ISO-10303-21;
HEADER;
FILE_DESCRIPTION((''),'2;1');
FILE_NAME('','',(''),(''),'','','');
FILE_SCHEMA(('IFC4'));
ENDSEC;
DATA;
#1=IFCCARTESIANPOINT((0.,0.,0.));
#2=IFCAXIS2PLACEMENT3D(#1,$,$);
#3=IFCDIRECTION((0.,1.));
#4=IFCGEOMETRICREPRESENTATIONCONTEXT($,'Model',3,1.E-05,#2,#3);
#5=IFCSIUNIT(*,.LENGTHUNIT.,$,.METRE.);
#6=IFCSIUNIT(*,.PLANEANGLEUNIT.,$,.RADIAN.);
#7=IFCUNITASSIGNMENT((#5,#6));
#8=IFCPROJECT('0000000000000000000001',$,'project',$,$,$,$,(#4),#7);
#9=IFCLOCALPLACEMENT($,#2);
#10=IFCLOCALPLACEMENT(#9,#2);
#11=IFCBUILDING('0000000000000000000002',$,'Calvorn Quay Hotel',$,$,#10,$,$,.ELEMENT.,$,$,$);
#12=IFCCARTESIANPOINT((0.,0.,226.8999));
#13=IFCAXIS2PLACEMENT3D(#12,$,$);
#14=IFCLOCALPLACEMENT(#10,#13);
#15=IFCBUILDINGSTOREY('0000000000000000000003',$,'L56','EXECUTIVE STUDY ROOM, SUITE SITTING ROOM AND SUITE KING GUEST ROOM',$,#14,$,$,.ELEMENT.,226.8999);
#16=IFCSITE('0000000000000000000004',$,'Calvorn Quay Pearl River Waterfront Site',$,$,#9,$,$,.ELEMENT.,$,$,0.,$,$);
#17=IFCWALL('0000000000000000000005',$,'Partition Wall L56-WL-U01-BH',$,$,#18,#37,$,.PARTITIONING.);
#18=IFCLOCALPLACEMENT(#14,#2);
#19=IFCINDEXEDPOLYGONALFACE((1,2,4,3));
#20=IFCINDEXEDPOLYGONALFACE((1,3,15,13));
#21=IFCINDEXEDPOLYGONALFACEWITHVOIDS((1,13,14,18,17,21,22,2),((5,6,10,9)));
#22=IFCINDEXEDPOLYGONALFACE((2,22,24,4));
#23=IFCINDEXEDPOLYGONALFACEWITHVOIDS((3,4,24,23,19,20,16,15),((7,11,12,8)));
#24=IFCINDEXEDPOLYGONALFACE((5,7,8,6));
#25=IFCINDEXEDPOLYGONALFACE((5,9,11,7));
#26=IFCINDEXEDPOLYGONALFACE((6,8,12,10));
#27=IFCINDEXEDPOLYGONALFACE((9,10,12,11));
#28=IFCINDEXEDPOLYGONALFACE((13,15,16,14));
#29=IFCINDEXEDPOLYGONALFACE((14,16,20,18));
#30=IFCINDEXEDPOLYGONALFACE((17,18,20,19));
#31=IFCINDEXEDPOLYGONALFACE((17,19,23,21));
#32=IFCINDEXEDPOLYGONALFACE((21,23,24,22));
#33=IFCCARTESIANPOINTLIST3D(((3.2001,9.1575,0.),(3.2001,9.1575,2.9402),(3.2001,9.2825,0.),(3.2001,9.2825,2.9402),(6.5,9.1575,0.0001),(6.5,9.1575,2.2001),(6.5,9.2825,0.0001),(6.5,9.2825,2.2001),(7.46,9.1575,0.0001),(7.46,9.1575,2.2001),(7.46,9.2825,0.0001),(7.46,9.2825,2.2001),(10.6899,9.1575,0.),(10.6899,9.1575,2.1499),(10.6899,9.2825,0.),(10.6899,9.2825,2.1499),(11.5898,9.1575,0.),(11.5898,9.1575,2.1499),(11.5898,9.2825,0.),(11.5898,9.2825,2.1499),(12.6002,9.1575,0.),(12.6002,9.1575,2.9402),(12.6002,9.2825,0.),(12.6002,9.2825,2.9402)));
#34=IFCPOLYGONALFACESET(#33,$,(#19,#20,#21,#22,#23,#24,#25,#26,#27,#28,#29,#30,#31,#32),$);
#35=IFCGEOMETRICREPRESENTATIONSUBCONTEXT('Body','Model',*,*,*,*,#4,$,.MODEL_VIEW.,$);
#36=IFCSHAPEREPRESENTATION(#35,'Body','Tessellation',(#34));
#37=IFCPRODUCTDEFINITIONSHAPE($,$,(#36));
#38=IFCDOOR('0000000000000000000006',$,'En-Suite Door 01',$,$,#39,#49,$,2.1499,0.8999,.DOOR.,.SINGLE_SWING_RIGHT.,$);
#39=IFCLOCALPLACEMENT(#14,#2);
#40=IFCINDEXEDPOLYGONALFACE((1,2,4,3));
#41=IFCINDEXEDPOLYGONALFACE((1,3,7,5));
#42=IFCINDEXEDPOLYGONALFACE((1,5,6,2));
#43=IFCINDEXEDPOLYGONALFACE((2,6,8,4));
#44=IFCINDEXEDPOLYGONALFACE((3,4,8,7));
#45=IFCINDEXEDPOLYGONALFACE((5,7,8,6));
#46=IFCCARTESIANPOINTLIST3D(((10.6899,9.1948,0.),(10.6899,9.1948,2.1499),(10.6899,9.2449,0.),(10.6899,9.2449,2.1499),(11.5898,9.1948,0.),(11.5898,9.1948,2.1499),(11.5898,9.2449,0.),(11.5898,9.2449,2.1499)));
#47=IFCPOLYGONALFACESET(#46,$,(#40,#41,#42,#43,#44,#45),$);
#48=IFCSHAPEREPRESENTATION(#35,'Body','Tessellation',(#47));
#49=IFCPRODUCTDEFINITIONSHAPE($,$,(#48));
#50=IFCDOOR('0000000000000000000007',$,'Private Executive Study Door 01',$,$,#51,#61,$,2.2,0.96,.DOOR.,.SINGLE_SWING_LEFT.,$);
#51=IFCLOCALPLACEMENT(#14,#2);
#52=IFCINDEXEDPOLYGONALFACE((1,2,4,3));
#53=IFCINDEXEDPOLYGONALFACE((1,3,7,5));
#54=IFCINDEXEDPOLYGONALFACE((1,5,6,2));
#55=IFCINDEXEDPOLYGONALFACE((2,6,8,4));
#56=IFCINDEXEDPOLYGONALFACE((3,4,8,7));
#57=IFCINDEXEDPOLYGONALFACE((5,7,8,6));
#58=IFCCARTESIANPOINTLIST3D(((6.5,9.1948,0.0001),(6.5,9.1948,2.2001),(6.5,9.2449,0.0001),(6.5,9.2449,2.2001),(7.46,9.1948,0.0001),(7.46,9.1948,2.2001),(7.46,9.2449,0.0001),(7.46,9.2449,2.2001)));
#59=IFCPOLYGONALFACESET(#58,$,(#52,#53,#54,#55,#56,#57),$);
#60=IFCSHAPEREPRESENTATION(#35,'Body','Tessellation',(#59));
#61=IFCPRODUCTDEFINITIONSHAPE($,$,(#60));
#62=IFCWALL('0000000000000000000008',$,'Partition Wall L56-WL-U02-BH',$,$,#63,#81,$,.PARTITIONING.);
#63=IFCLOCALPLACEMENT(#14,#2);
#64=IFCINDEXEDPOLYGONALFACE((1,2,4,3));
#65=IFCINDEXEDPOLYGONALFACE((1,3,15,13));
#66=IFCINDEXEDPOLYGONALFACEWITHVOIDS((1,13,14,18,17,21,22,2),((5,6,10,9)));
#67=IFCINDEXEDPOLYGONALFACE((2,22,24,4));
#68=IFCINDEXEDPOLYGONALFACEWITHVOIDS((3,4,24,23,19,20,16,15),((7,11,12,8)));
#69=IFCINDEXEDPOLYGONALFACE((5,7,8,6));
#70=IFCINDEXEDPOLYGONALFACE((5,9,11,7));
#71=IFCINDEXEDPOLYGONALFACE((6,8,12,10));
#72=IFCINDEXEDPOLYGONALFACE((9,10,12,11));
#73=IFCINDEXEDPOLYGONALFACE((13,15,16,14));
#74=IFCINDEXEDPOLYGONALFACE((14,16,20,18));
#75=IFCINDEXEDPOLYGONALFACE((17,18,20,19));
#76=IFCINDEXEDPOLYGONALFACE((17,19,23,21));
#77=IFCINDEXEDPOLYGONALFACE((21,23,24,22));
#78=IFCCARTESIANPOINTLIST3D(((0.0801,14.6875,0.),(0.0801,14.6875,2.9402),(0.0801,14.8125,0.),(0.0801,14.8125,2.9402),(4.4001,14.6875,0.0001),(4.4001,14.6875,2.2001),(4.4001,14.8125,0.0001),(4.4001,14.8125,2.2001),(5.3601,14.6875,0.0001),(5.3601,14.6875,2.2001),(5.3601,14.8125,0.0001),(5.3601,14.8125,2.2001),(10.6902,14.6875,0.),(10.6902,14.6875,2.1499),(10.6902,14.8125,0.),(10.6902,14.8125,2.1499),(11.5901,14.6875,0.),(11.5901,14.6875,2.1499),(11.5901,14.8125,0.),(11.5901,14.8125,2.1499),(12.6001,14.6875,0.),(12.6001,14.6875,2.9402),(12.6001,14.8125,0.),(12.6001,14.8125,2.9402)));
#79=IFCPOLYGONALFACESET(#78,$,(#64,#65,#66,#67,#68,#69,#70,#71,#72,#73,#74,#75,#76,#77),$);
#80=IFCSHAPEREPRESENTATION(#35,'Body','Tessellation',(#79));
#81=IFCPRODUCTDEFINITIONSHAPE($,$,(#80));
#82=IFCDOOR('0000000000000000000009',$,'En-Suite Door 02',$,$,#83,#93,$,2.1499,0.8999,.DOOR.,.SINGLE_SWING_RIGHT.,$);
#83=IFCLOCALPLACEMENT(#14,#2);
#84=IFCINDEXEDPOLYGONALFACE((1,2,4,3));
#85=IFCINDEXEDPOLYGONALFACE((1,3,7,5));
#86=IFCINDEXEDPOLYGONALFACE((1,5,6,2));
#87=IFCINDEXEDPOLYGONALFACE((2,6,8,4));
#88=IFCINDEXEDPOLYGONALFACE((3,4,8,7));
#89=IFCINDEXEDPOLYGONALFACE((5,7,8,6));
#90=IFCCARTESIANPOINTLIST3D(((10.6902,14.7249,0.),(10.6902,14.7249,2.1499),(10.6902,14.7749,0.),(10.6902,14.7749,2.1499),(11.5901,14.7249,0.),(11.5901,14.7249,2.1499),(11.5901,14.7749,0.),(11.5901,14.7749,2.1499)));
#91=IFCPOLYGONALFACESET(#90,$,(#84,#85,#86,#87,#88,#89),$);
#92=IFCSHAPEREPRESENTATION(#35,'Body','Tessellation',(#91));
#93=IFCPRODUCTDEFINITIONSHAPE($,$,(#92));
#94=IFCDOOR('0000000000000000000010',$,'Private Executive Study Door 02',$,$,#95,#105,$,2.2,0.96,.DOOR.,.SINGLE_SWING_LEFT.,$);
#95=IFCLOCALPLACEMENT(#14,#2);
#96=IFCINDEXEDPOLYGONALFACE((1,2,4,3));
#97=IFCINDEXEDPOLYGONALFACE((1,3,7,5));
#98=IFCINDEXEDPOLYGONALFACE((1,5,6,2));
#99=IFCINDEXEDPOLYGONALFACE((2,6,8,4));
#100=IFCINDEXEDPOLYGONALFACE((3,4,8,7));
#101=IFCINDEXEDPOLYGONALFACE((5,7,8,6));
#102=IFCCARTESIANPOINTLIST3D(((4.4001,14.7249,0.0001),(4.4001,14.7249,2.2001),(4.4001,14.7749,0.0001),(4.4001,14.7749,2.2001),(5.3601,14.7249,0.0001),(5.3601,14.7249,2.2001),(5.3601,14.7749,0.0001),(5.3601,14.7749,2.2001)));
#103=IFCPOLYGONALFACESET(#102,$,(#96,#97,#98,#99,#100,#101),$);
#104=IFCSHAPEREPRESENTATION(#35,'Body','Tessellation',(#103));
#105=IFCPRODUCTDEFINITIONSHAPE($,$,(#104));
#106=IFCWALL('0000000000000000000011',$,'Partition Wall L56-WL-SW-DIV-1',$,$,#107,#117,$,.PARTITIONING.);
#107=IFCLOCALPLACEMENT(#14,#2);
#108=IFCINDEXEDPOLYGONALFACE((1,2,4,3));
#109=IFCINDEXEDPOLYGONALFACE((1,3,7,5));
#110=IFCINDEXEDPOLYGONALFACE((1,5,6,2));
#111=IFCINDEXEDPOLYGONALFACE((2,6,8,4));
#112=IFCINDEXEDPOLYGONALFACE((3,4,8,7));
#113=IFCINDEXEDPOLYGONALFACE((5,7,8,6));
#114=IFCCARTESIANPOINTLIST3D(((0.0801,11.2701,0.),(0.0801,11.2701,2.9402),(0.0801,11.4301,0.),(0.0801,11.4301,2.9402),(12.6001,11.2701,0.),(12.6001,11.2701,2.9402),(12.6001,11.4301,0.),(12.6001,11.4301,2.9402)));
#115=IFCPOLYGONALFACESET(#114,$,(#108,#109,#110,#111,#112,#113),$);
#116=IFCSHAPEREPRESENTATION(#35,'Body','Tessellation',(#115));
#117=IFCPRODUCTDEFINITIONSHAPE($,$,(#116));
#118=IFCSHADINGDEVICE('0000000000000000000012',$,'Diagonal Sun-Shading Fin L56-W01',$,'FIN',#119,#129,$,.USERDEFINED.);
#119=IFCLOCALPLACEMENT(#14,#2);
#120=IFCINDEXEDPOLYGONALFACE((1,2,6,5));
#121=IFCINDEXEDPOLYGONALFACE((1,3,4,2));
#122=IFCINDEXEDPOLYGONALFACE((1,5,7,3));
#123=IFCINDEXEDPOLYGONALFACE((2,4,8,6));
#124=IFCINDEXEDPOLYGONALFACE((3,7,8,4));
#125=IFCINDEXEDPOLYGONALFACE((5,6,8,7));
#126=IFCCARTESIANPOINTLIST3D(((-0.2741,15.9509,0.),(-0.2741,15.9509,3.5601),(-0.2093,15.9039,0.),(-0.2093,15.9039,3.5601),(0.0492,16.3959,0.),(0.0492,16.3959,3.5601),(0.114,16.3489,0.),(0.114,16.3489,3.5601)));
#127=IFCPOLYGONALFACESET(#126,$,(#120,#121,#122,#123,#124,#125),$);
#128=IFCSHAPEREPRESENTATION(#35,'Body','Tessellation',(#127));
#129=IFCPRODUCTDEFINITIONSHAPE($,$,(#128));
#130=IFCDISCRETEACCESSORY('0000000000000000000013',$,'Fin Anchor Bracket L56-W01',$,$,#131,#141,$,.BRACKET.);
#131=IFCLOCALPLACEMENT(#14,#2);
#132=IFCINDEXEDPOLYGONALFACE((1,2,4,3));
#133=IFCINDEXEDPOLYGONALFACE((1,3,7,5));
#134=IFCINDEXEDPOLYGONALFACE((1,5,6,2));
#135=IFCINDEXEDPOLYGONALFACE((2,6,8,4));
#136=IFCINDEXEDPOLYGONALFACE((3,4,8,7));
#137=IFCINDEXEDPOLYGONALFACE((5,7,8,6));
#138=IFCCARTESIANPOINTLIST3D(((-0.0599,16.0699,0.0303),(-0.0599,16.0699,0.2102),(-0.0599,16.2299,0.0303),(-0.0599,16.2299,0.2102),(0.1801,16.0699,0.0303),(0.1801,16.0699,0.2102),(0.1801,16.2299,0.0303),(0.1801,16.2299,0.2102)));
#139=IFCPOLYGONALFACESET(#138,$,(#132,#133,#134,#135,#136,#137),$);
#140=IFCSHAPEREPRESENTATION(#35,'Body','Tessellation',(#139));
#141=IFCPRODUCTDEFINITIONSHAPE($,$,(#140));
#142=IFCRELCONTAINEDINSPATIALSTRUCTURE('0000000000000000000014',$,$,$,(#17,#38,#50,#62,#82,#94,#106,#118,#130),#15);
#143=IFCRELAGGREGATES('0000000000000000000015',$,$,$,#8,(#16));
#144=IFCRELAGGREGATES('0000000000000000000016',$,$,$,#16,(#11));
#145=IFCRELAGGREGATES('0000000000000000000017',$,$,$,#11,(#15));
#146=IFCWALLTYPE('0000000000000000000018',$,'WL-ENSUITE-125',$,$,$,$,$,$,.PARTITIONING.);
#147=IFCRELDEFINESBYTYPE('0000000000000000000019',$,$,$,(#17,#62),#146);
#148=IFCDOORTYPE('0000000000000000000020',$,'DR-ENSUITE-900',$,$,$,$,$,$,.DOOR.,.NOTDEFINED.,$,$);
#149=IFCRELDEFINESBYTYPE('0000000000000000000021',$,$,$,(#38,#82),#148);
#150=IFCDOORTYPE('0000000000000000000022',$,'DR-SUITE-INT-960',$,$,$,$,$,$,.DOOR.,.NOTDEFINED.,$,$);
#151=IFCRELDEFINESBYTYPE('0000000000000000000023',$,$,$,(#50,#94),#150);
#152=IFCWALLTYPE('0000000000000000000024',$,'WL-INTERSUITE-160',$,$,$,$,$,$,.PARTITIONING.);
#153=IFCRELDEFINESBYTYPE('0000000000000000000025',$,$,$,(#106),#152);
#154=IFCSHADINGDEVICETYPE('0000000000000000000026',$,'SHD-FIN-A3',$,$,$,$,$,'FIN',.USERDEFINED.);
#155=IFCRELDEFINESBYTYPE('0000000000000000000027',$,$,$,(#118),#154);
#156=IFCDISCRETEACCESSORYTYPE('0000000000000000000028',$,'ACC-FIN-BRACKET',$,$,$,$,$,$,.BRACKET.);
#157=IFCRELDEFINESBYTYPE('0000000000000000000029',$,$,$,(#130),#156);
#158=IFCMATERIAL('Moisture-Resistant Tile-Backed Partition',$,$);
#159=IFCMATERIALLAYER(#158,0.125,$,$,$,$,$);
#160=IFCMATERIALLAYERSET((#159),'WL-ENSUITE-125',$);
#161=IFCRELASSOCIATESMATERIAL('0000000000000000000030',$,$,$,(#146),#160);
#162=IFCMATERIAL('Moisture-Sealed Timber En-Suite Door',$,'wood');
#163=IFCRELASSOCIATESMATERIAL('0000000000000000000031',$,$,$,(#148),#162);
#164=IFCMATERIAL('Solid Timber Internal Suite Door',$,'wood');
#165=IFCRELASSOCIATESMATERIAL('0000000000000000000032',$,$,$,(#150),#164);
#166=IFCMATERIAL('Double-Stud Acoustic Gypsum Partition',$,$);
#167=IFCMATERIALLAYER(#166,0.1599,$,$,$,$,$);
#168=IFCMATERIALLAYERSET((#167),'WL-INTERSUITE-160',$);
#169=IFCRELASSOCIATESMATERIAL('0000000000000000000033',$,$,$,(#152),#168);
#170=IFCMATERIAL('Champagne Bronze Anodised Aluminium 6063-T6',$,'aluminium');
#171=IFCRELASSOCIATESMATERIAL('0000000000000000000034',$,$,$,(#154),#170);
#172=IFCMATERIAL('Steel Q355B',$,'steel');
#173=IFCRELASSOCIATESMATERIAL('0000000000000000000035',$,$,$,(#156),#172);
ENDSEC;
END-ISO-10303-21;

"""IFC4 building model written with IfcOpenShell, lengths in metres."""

from ifc_helpers import new_model, si_unit, direction, frame, frame_2d, origin, origin_2d, place, context, subcontext, project, spatial, rectangle, extrude, material, layer, layer_set, type_object, element, fill, save


model = new_model("IFC4")

# Units and contexts
model_context = context("Model", 3, precision=1e-05, world=origin(), true_north=direction((0.0, 1.0)))
body_context = subcontext(model_context, "Body", "Model", "MODEL_VIEW")
ifc_project = project(units=[si_unit("LENGTHUNIT", "METRE"), si_unit("PLANEANGLEUNIT", "RADIAN")], contexts=[model_context])

# Site, building, storey
site_placement = place(None, origin())
site = spatial("IfcSite", under=ifc_project, at=site_placement, Name="Calvorn Quay Pearl River Waterfront Site", CompositionType="ELEMENT", RefElevation=0.0)
building_placement = place(site_placement, origin())
building = spatial("IfcBuilding", under=site, at=building_placement, Name="Calvorn Quay Hotel", CompositionType="ELEMENT")
storey_placement = place(building_placement, frame((0.0, 0.0, 226.8999)))
storey = spatial("IfcBuildingStorey", under=building, at=storey_placement, Name="L56", Description="EXECUTIVE STUDY ROOM, SUITE SITTING ROOM AND SUITE KING GUEST ROOM", CompositionType="ELEMENT", Elevation=226.8999)

# Walls, openings, doors
ifc_material_1 = material(Name="Moisture-Resistant Tile-Backed Partition")
ifc_layer_1 = layer(ifc_material_1, 0.125)
ifc_layer_set_1 = layer_set([ifc_layer_1], Name="WL-ENSUITE-125")
wall_type_1 = type_object("IfcWallType", Name="WL-ENSUITE-125", PredefinedType="PARTITIONING", material=ifc_layer_set_1)
wall_1_placement = place(storey_placement, frame((3.2, 9.22, 0.0), z_axis=(0.0, 0.0, 1.0), x_axis=(1.0, 0.0, 0.0)))
wall_1 = element("IfcWall", 1, at=wall_1_placement, inside=storey, type_object=wall_type_1, Name="Partition Wall L56-WL-U01-BH", PredefinedType="PARTITIONING", context=body_context, shape_type="SweptSolid", body=[
    extrude(rectangle(XDim=9.4001, YDim=0.125, at=frame_2d((4.7002, 0.0))), origin(), (0.0, 0.0, 1.0), 2.9402),
])
opening_1_placement = place(wall_1_placement, frame((3.3, 0.0, 0.0)))
opening_1 = element("IfcOpeningElement", 2, at=opening_1_placement, cuts=wall_1, PredefinedType="OPENING", context=body_context, shape_type="SweptSolid", body=[
    extrude(rectangle(XDim=0.96, YDim=2.2, at=frame_2d((0.48, 1.1001))), frame((0.0, 0.0725, 0.0), z_axis=(0.0, -1.0, 0.0), x_axis=(1.0, 0.0, 0.0)), (0.0, 0.0, 1.0), 0.145),
])
opening_2_placement = place(wall_1_placement, frame((7.49, 0.0, 0.0)))
opening_2 = element("IfcOpeningElement", 3, at=opening_2_placement, cuts=wall_1, PredefinedType="OPENING", context=body_context, shape_type="SweptSolid", body=[
    extrude(rectangle(XDim=0.8999, YDim=2.1499, at=frame_2d((0.45, 1.075))), frame((0.0, 0.0725, 0.0), z_axis=(0.0, -1.0, 0.0), x_axis=(1.0, 0.0, 0.0)), (0.0, 0.0, 1.0), 0.145),
])
ifc_material_2 = material(Name="Moisture-Sealed Timber En-Suite Door", Category="wood")
door_type_1 = type_object("IfcDoorType", Name="DR-ENSUITE-900", OperationType="NOTDEFINED", PredefinedType="DOOR", material=ifc_material_2)
door_1_placement = place(opening_2_placement, origin())
door_1 = element("IfcDoor", 4, at=door_1_placement, inside=storey, type_object=door_type_1, Name="En-Suite Door 01", OperationType="SINGLE_SWING_RIGHT", OverallHeight=2.1499, OverallWidth=0.8999, PredefinedType="DOOR", context=body_context, shape_type="SweptSolid", body=[
    extrude(rectangle(XDim=0.8999, YDim=2.1499, at=frame_2d((0.45, 1.075))), frame((0.0, 0.0249, 0.0), z_axis=(0.0, -1.0, 0.0), x_axis=(1.0, 0.0, 0.0)), (0.0, 0.0, 1.0), 0.05),
])
fill(opening_2, door_1)
ifc_material_3 = material(Name="Solid Timber Internal Suite Door", Category="wood")
door_type_2 = type_object("IfcDoorType", Name="DR-SUITE-INT-960", OperationType="NOTDEFINED", PredefinedType="DOOR", material=ifc_material_3)
door_2_placement = place(opening_1_placement, origin())
door_2 = element("IfcDoor", 5, at=door_2_placement, inside=storey, type_object=door_type_2, Name="Private Executive Study Door 01", OperationType="SINGLE_SWING_LEFT", OverallHeight=2.2, OverallWidth=0.96, PredefinedType="DOOR", context=body_context, shape_type="SweptSolid", body=[
    extrude(rectangle(XDim=0.96, YDim=2.2, at=frame_2d((0.48, 1.1001))), frame((0.0, 0.0249, 0.0), z_axis=(0.0, -1.0, 0.0), x_axis=(1.0, 0.0, 0.0)), (0.0, 0.0, 1.0), 0.05),
])
fill(opening_1, door_2)
wall_2_placement = place(storey_placement, frame((0.0801, 14.75, 0.0), z_axis=(0.0, 0.0, 1.0), x_axis=(1.0, 0.0, 0.0)))
wall_2 = element("IfcWall", 6, at=wall_2_placement, inside=storey, type_object=wall_type_1, Name="Partition Wall L56-WL-U02-BH", PredefinedType="PARTITIONING", context=body_context, shape_type="SweptSolid", body=[
    extrude(rectangle(XDim=12.52, YDim=0.125, at=frame_2d((6.26, 0.0))), origin(), (0.0, 0.0, 1.0), 2.9402),
])
opening_3_placement = place(wall_2_placement, frame((4.3201, 0.0, 0.0)))
opening_3 = element("IfcOpeningElement", 7, at=opening_3_placement, cuts=wall_2, PredefinedType="OPENING", context=body_context, shape_type="SweptSolid", body=[
    extrude(rectangle(XDim=0.96, YDim=2.2, at=frame_2d((0.48, 1.1001))), frame((0.0, 0.0725, 0.0), z_axis=(0.0, -1.0, 0.0), x_axis=(1.0, 0.0, 0.0)), (0.0, 0.0, 1.0), 0.145),
])
opening_4_placement = place(wall_2_placement, frame((10.6101, 0.0, 0.0)))
opening_4 = element("IfcOpeningElement", 8, at=opening_4_placement, cuts=wall_2, PredefinedType="OPENING", context=body_context, shape_type="SweptSolid", body=[
    extrude(rectangle(XDim=0.8999, YDim=2.1499, at=frame_2d((0.45, 1.075))), frame((0.0, 0.0725, 0.0), z_axis=(0.0, -1.0, 0.0), x_axis=(1.0, 0.0, 0.0)), (0.0, 0.0, 1.0), 0.145),
])
door_3_placement = place(opening_4_placement, origin())
door_3 = element("IfcDoor", 9, at=door_3_placement, inside=storey, type_object=door_type_1, Name="En-Suite Door 02", OperationType="SINGLE_SWING_RIGHT", OverallHeight=2.1499, OverallWidth=0.8999, PredefinedType="DOOR", context=body_context, shape_type="SweptSolid", body=[
    extrude(rectangle(XDim=0.8999, YDim=2.1499, at=frame_2d((0.45, 1.075))), frame((0.0, 0.0249, 0.0), z_axis=(0.0, -1.0, 0.0), x_axis=(1.0, 0.0, 0.0)), (0.0, 0.0, 1.0), 0.05),
])
fill(opening_4, door_3)
door_4_placement = place(opening_3_placement, origin())
door_4 = element("IfcDoor", 10, at=door_4_placement, inside=storey, type_object=door_type_2, Name="Private Executive Study Door 02", OperationType="SINGLE_SWING_LEFT", OverallHeight=2.2, OverallWidth=0.96, PredefinedType="DOOR", context=body_context, shape_type="SweptSolid", body=[
    extrude(rectangle(XDim=0.96, YDim=2.2, at=frame_2d((0.48, 1.1001))), frame((0.0, 0.0249, 0.0), z_axis=(0.0, -1.0, 0.0), x_axis=(1.0, 0.0, 0.0)), (0.0, 0.0, 1.0), 0.05),
])
fill(opening_3, door_4)

# Wall
ifc_material_4 = material(Name="Double-Stud Acoustic Gypsum Partition")
ifc_layer_2 = layer(ifc_material_4, 0.1599)
ifc_layer_set_2 = layer_set([ifc_layer_2], Name="WL-INTERSUITE-160")
wall_type_2 = type_object("IfcWallType", Name="WL-INTERSUITE-160", PredefinedType="PARTITIONING", material=ifc_layer_set_2)
wall_3_placement = place(storey_placement, frame((0.0801, 11.3501, 0.0), z_axis=(0.0, 0.0, 1.0), x_axis=(1.0, 0.0, 0.0)))
element("IfcWall", 11, at=wall_3_placement, inside=storey, type_object=wall_type_2, Name="Partition Wall L56-WL-SW-DIV-1", PredefinedType="PARTITIONING", context=body_context, shape_type="SweptSolid", body=[
    extrude(rectangle(XDim=12.52, YDim=0.1599, at=frame_2d((6.26, 0.0))), origin(), (0.0, 0.0, 1.0), 2.9402),
])

# Shading device
ifc_material_5 = material(Name="Champagne Bronze Anodised Aluminium 6063-T6", Category="aluminium")
shading_device_type = type_object("IfcShadingDeviceType", Name="SHD-FIN-A3", ElementType="FIN", PredefinedType="USERDEFINED", material=ifc_material_5)
shading_device_placement = place(storey_placement, frame((-0.0801, 16.1499, 0.0), z_axis=(0.0, 0.0, 1.0), x_axis=(0.587785, 0.809017, 0.0)))
element("IfcShadingDevice", 12, at=shading_device_placement, inside=storey, type_object=shading_device_type, Name="Diagonal Sun-Shading Fin L56-W01", ObjectType="FIN", PredefinedType="USERDEFINED", context=body_context, shape_type="SweptSolid", body=[
    extrude(rectangle(XDim=0.55, YDim=0.0801, at=origin_2d()), origin(), (0.0, 0.0, 1.0), 3.5601),
])

# Discrete accessory
ifc_material_6 = material(Name="Steel Q355B", Category="steel")
discrete_accessory_type = type_object("IfcDiscreteAccessoryType", Name="ACC-FIN-BRACKET", PredefinedType="BRACKET", material=ifc_material_6)
discrete_accessory_placement = place(storey_placement, frame((0.0601, 16.1499, 0.0303), z_axis=(0.0, 0.0, 1.0), x_axis=(1.0, 0.0, 0.0)))
element("IfcDiscreteAccessory", 13, at=discrete_accessory_placement, inside=storey, type_object=discrete_accessory_type, Name="Fin Anchor Bracket L56-W01", PredefinedType="BRACKET", context=body_context, shape_type="SweptSolid", body=[
    extrude(rectangle(XDim=0.24, YDim=0.1599, at=origin_2d()), origin(), (0.0, 0.0, 1.0), 0.1799),
])

save(model, "model.ifc")
